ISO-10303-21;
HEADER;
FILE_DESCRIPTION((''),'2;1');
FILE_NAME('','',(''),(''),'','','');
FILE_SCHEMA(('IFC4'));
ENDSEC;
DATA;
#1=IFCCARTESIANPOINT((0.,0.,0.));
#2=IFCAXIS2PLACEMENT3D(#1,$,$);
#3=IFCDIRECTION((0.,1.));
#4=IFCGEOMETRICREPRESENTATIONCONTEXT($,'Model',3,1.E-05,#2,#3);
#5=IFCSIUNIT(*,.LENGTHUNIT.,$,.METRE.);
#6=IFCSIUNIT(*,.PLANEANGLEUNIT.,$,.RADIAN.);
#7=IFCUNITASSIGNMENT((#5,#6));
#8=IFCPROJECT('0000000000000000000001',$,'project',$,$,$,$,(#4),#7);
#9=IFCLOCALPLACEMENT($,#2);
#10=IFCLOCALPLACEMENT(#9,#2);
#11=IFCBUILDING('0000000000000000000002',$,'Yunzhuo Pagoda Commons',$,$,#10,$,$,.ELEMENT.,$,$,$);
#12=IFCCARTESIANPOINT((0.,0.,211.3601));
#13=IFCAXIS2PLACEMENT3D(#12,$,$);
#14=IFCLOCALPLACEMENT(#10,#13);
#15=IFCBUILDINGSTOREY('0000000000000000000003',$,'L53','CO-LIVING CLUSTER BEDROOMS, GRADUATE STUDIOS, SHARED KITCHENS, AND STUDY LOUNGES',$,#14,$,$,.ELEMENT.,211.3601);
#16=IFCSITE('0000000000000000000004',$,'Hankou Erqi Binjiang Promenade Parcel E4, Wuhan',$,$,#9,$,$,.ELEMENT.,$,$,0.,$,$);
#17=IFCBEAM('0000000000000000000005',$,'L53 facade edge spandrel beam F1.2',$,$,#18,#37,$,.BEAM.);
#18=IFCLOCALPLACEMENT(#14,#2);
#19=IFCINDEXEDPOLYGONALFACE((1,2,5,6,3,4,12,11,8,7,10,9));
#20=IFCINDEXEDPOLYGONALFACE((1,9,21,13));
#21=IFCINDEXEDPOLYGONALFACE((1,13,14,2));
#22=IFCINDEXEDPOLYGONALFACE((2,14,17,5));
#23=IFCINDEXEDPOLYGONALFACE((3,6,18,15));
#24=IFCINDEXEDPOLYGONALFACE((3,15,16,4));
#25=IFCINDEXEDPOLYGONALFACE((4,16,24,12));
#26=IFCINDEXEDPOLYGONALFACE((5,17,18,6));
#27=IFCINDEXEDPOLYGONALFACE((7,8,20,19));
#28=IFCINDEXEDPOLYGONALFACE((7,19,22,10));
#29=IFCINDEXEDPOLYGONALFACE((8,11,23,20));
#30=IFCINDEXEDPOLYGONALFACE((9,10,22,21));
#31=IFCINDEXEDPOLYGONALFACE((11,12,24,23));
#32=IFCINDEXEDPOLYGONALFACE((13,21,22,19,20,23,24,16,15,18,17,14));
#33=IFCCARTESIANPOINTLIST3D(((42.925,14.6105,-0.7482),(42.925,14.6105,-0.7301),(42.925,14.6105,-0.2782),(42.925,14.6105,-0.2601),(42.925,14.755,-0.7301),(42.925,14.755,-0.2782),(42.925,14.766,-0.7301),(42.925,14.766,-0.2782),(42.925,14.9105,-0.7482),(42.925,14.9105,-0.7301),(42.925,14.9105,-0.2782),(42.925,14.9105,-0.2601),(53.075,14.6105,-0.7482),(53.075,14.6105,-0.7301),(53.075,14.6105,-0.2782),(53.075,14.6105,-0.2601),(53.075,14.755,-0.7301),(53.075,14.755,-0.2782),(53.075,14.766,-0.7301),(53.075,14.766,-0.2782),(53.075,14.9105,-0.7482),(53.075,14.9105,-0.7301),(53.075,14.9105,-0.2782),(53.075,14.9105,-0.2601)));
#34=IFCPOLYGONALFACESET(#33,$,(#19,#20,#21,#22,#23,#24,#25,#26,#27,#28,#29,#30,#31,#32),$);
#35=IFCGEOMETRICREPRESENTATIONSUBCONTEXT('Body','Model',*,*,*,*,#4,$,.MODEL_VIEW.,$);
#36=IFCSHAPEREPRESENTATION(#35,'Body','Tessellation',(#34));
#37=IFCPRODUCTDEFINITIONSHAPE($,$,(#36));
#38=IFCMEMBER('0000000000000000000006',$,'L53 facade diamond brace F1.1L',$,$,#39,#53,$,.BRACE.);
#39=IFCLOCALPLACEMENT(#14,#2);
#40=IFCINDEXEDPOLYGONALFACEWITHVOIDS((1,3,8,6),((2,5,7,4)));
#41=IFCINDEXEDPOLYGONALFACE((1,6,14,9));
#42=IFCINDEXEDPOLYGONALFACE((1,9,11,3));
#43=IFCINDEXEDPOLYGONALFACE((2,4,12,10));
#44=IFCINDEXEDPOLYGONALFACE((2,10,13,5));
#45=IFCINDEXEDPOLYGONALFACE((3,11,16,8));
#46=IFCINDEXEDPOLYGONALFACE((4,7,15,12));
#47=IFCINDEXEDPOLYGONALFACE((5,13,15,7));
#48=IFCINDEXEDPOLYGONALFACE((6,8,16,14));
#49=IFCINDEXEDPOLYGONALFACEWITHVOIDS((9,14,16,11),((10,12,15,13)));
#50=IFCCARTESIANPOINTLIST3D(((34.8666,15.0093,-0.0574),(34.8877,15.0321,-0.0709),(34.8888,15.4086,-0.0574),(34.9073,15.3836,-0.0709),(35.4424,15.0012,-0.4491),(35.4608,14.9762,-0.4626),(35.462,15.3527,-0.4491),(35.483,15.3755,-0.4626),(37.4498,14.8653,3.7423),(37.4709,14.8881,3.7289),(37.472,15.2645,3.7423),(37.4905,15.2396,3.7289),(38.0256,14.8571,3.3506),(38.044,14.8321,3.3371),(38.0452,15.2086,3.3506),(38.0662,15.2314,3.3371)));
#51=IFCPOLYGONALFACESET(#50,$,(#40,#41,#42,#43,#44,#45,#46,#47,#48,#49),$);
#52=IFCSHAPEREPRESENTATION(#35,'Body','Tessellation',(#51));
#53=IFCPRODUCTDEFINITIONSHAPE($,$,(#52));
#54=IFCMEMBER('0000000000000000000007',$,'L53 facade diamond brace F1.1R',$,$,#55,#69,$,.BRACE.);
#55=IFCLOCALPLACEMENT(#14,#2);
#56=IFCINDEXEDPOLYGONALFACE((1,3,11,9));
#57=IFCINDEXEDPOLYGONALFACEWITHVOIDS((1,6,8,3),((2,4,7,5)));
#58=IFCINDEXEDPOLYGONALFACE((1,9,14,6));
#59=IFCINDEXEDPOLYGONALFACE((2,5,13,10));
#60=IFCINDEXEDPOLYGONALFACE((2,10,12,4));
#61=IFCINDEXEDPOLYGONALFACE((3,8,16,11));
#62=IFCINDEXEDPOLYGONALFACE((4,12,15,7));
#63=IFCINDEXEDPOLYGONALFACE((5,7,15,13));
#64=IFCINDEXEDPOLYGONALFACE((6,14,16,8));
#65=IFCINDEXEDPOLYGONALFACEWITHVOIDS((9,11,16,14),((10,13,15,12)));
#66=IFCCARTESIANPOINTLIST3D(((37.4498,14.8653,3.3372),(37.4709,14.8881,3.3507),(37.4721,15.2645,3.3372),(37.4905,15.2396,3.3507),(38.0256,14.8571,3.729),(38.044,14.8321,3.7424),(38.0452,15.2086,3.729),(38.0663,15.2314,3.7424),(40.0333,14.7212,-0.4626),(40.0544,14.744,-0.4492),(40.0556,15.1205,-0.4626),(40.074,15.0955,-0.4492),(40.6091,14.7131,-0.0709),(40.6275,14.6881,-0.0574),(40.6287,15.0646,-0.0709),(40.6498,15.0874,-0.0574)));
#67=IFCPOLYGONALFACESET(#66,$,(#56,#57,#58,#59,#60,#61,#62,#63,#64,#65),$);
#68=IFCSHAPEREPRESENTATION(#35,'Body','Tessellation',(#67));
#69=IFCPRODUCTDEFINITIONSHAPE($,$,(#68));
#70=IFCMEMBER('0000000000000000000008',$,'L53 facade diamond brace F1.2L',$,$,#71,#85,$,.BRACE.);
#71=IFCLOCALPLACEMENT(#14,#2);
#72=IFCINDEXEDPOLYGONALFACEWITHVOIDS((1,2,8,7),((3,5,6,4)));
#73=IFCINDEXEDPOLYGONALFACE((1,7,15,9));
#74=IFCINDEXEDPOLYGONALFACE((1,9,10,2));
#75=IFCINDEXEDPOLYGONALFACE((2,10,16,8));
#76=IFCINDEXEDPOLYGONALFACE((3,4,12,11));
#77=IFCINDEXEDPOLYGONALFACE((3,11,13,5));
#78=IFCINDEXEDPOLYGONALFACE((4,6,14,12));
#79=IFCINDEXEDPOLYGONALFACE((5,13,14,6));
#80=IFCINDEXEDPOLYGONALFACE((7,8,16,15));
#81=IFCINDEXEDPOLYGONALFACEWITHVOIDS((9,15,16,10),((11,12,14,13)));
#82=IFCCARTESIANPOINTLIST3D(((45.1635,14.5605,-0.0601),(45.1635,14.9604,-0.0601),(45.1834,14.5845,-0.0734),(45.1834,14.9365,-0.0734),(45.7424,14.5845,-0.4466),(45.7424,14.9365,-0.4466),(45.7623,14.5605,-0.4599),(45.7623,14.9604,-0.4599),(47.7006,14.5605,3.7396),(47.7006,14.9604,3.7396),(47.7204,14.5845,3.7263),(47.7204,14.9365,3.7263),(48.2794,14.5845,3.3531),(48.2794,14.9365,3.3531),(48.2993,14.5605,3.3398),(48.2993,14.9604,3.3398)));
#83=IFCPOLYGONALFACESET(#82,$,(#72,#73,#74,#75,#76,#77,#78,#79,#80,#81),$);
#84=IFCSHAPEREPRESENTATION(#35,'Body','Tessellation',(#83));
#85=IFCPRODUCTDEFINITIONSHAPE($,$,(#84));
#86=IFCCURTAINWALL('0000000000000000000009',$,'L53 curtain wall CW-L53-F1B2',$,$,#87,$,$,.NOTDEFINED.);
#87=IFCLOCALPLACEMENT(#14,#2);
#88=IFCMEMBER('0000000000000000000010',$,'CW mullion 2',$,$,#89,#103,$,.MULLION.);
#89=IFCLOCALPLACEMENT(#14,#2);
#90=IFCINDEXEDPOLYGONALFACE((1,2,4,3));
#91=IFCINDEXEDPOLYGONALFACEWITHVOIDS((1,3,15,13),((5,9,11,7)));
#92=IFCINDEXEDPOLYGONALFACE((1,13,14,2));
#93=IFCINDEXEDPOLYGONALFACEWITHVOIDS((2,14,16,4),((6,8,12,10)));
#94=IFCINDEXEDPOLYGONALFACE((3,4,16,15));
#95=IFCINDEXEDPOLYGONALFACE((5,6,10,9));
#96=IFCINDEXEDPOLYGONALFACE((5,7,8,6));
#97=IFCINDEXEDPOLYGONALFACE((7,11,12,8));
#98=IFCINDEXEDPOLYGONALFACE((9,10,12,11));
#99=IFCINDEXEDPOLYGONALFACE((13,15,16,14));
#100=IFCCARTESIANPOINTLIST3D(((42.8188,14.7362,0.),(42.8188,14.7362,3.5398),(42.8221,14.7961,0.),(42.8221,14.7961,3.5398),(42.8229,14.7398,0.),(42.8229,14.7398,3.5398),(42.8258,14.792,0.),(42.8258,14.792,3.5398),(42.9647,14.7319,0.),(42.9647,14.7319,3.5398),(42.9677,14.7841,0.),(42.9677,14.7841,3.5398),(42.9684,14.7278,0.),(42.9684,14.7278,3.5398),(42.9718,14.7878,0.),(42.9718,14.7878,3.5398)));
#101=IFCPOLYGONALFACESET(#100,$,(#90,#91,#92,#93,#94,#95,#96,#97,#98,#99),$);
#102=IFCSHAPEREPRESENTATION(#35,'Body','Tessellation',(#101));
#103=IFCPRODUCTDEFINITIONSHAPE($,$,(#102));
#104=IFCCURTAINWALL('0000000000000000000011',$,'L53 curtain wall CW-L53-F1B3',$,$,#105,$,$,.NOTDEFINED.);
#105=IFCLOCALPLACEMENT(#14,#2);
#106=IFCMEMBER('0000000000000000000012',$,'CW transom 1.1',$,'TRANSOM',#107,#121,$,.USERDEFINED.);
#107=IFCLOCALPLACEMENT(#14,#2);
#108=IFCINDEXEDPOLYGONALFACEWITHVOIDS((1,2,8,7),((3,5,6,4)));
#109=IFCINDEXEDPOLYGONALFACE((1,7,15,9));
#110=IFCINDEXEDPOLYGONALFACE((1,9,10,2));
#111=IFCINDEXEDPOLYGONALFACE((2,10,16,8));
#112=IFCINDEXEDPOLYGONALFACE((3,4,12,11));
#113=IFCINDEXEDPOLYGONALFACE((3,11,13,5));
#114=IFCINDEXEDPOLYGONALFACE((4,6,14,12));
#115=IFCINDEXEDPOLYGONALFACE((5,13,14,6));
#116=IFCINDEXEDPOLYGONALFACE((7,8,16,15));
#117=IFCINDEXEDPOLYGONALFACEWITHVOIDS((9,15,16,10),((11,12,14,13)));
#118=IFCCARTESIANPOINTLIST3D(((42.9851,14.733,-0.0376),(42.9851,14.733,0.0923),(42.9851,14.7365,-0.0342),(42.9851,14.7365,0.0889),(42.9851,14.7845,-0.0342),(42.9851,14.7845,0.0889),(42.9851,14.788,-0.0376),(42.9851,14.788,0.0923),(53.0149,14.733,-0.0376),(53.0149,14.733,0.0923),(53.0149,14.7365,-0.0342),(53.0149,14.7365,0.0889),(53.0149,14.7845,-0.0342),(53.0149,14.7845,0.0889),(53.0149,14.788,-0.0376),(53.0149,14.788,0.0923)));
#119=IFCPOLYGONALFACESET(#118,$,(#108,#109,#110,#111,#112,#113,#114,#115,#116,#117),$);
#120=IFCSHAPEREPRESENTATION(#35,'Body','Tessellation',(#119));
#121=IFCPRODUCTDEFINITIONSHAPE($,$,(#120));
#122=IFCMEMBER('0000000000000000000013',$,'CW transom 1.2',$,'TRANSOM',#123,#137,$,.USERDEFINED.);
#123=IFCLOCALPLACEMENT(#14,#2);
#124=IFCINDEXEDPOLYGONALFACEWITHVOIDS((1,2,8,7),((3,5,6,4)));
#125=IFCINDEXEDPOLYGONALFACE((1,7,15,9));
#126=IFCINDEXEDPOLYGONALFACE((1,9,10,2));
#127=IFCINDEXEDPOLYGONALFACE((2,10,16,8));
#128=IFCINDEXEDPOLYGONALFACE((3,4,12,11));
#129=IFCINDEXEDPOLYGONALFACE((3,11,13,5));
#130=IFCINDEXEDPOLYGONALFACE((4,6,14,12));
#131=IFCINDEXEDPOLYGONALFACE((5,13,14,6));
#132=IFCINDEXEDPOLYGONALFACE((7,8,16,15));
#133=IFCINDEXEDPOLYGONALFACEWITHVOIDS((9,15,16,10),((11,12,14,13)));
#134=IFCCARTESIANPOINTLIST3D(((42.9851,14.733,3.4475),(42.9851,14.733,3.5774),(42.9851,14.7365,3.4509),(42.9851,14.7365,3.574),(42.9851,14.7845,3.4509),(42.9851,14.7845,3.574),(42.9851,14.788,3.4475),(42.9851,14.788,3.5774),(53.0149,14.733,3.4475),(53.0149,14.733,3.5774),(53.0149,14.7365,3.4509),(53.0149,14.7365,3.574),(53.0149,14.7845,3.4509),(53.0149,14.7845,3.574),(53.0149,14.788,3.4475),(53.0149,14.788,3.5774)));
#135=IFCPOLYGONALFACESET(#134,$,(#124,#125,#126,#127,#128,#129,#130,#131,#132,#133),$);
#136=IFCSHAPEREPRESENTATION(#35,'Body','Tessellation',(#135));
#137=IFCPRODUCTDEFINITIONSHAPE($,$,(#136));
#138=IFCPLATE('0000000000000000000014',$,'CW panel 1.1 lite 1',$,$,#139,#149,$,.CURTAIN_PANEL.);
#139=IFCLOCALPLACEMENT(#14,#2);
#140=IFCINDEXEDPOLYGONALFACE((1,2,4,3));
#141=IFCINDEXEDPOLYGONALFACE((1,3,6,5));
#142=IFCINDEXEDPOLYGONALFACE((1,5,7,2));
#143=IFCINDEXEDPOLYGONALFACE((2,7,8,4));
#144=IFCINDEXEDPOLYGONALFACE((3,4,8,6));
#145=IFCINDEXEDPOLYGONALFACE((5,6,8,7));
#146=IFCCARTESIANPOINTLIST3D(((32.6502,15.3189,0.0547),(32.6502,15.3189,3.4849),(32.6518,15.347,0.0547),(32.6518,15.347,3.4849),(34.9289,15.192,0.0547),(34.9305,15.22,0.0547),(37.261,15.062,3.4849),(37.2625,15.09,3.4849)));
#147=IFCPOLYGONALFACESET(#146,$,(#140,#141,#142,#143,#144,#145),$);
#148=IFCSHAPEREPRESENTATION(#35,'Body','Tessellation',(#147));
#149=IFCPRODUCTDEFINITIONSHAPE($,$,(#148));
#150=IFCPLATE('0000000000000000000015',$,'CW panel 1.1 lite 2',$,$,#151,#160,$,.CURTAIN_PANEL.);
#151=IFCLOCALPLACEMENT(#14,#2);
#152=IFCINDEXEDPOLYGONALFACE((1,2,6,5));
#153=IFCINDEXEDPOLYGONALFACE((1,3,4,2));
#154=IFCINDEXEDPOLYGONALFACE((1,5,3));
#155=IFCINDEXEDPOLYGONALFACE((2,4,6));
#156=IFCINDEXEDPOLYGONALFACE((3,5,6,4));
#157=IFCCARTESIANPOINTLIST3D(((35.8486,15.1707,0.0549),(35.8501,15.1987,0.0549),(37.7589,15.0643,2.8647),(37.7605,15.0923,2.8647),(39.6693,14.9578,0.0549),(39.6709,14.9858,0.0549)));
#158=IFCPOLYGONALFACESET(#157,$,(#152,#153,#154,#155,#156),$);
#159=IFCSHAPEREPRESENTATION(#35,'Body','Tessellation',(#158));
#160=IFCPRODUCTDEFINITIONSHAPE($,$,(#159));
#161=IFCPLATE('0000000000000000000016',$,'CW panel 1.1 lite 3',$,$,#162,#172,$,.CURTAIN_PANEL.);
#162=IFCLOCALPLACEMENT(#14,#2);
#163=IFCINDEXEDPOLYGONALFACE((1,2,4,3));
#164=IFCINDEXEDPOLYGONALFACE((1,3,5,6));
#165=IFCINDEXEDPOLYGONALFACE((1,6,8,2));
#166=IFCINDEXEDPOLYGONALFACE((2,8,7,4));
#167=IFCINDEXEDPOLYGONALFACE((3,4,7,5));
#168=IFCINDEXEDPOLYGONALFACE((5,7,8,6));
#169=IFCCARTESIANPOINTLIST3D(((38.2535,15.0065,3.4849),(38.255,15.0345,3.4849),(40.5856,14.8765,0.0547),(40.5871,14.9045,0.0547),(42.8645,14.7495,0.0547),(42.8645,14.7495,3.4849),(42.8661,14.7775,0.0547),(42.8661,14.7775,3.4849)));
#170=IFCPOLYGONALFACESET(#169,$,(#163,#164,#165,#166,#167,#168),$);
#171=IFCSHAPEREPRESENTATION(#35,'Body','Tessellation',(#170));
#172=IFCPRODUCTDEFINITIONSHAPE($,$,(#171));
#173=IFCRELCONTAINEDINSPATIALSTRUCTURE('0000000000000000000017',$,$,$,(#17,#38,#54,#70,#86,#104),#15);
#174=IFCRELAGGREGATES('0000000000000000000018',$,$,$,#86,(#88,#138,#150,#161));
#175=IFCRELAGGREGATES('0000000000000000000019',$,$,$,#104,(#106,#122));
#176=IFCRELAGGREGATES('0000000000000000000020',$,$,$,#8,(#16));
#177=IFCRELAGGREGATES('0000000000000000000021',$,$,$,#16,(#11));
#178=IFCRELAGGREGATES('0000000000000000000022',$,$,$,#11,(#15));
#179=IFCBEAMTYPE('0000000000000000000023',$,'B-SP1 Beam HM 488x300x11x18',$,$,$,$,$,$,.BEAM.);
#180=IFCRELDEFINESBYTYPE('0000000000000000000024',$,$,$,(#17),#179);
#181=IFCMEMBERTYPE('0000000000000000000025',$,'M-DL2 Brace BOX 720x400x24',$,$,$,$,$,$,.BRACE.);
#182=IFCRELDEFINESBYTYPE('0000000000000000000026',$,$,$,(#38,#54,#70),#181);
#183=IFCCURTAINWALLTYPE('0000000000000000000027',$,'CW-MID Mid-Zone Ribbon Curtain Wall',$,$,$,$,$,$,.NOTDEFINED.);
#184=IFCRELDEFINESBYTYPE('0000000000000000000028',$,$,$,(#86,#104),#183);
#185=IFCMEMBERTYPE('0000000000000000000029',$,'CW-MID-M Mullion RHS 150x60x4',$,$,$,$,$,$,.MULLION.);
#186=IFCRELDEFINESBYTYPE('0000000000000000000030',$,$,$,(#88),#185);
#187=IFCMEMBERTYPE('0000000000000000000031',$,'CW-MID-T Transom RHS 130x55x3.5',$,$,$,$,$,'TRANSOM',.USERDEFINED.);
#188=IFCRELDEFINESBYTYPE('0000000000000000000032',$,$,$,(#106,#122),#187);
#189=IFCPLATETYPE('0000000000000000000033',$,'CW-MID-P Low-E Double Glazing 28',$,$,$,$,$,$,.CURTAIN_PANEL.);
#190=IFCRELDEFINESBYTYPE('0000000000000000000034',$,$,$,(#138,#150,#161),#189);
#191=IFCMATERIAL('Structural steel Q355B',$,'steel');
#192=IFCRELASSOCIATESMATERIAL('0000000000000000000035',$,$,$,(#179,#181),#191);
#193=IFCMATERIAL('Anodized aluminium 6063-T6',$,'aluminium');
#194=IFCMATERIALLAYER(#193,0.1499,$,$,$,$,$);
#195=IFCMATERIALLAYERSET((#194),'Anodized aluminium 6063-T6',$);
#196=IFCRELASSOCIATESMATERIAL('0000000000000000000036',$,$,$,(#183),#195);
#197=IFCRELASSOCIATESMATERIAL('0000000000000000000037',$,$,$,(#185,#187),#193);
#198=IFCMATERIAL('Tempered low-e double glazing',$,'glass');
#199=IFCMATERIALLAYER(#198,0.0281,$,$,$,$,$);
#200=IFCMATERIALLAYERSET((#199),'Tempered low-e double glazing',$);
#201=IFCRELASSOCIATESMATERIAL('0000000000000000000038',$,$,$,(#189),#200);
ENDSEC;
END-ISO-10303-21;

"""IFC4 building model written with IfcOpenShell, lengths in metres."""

from ifc_helpers import new_model, si_unit, direction, frame, origin, origin_2d, place, context, subcontext, project, spatial, polyline, hollow_rectangle, i_section, outline, extrude, source, transform, mapped, material, layer, layer_set, material_profile, profile_set, type_object, element, aggregate, save


model = new_model("IFC4")

# Units and contexts
model_context = context("Model", 3, precision=1e-05, world=origin(), true_north=direction((0.0, 1.0)))
body_context = subcontext(model_context, "Body", "Model", "MODEL_VIEW")
ifc_project = project(units=[si_unit("LENGTHUNIT", "METRE"), si_unit("PLANEANGLEUNIT", "RADIAN")], contexts=[model_context])

# Site, building, storey
site_placement = place(None, origin())
site = spatial("IfcSite", under=ifc_project, at=site_placement, Name="Hankou Erqi Binjiang Promenade Parcel E4, Wuhan", CompositionType="ELEMENT", RefElevation=0.0)
building_placement = place(site_placement, origin())
building = spatial("IfcBuilding", under=site, at=building_placement, Name="Yunzhuo Pagoda Commons", CompositionType="ELEMENT")
storey_placement = place(building_placement, frame((0.0, 0.0, 211.3601)))
storey = spatial("IfcBuildingStorey", under=building, at=storey_placement, Name="L53", Description="CO-LIVING CLUSTER BEDROOMS, GRADUATE STUDIOS, SHARED KITCHENS, AND STUDY LOUNGES", CompositionType="ELEMENT", Elevation=211.3601)

# Beam
ifc_material_1 = material(Name="Structural steel Q355B", Category="steel")
ifc_material_profile_1 = material_profile(ifc_material_1, i_section(OverallWidth=0.3, OverallDepth=0.488, WebThickness=0.011, FlangeThickness=0.0181, at=origin_2d()), Name="Structural steel Q355B")
ifc_profile_set_1 = profile_set([ifc_material_profile_1], Name="Structural steel Q355B")
beam_type_1 = type_object("IfcBeamType", Name="B-SP1 Beam HM 488x300x11x18", PredefinedType="BEAM", material=ifc_profile_set_1)
shared_shape_1 = source(origin(), body_context, "Body", "SweptSolid", [
    extrude(i_section(OverallWidth=0.3, OverallDepth=0.488, WebThickness=0.011, FlangeThickness=0.0181, at=origin_2d()), origin(), (0.0, 0.0, 1.0), 10.1499),
])
beam_1_placement = place(storey_placement, frame((42.925, 14.7605, -0.5042), z_axis=(1.0, 0.0, 0.0), x_axis=(0.0, 1.0, 0.0)))
element("IfcBeam", 1, at=beam_1_placement, inside=storey, type_object=beam_type_1, Name="L53 facade edge spandrel beam F1.2", PredefinedType="BEAM", context=body_context, shape_type="MappedRepresentation", body=[
    mapped(shared_shape_1, transform((0.0, 0.0, 0.0), scale=1.0)),
])

# Members
ifc_material_profile_2 = material_profile(ifc_material_1, hollow_rectangle(XDim=0.3999, YDim=0.72, WallThickness=0.0239, at=origin_2d()), Name="Structural steel Q355B")
ifc_profile_set_2 = profile_set([ifc_material_profile_2], Name="Structural steel Q355B")
member_type_1 = type_object("IfcMemberType", Name="M-DL2 Brace BOX 720x400x24", PredefinedType="BRACE", material=ifc_profile_set_2)
shared_shape_2 = source(origin(), body_context, "Body", "SweptSolid", [
    extrude(hollow_rectangle(XDim=0.3999, YDim=0.72, WallThickness=0.0239, at=origin_2d()), origin(), (0.0, 0.0, 1.0), 4.5969),
])
member_1_placement = place(storey_placement, frame((35.1748, 15.1924, -0.26), z_axis=(0.561942, -0.031334, 0.826583), x_axis=(0.055674, 0.998449, 0.0)))
element("IfcMember", 2, at=member_1_placement, inside=storey, type_object=member_type_1, Name="L53 facade diamond brace F1.1L", PredefinedType="BRACE", context=body_context, shape_type="MappedRepresentation", body=[
    mapped(shared_shape_2, transform((0.0, 0.0, 0.0), scale=1.0)),
])
shared_shape_3 = source(origin(), body_context, "Body", "SweptSolid", [
    extrude(hollow_rectangle(XDim=0.3999, YDim=0.72, WallThickness=0.0239, at=origin_2d()), origin(), (0.0, 0.0, 1.0), 4.5972),
])
member_2_placement = place(storey_placement, frame((40.3416, 14.9043, -0.26), z_axis=(-0.561979, 0.031333, 0.826558), x_axis=(-0.055669, -0.998449, 0.0)))
element("IfcMember", 3, at=member_2_placement, inside=storey, type_object=member_type_1, Name="L53 facade diamond brace F1.1R", PredefinedType="BRACE", context=body_context, shape_type="MappedRepresentation", body=[
    mapped(shared_shape_3, transform((0.0, 0.0, 0.0), scale=1.0)),
])
shared_shape_4 = source(origin(), body_context, "Body", "SweptSolid", [
    extrude(hollow_rectangle(XDim=0.3999, YDim=0.72, WallThickness=0.0239, at=origin_2d()), origin(), (0.0, 0.0, 1.0), 4.5688),
])
member_3_placement = place(storey_placement, frame((45.4629, 14.7605, -0.26), z_axis=(0.555292, 0.0, 0.831655), x_axis=(0.0, 1.0, 0.0)))
element("IfcMember", 4, at=member_3_placement, inside=storey, type_object=member_type_1, Name="L53 facade diamond brace F1.2L", PredefinedType="BRACE", context=body_context, shape_type="MappedRepresentation", body=[
    mapped(shared_shape_4, transform((0.0, 0.0, 0.0), scale=1.0)),
])

# Curtain wall, member
ifc_material_2 = material(Name="Anodized aluminium 6063-T6", Category="aluminium")
ifc_layer_1 = layer(ifc_material_2, 0.1499)
ifc_layer_set_1 = layer_set([ifc_layer_1], Name="Anodized aluminium 6063-T6")
curtain_wall_type = type_object("IfcCurtainWallType", Name="CW-MID Mid-Zone Ribbon Curtain Wall", PredefinedType="NOTDEFINED", material=ifc_layer_set_1)
curtain_wall_1_placement = place(storey_placement, origin())
curtain_wall_1 = element("IfcCurtainWall", 5, at=curtain_wall_1_placement, inside=storey, type_object=curtain_wall_type, Name="L53 curtain wall CW-L53-F1B2", PredefinedType="NOTDEFINED")
ifc_material_profile_3 = material_profile(ifc_material_2, hollow_rectangle(XDim=0.0601, YDim=0.1499, WallThickness=0.0039, at=origin_2d()), Name="Anodized aluminium 6063-T6")
ifc_profile_set_3 = profile_set([ifc_material_profile_3], Name="Anodized aluminium 6063-T6")
member_type_2 = type_object("IfcMemberType", Name="CW-MID-M Mullion RHS 150x60x4", PredefinedType="MULLION", material=ifc_profile_set_3)
shared_shape_5 = source(origin(), body_context, "Body", "SweptSolid", [
    extrude(hollow_rectangle(XDim=0.0601, YDim=0.1499, WallThickness=0.0039, at=origin_2d()), origin(), (0.0, 0.0, 1.0), 3.5398),
])
member_4_placement = place(storey_placement, frame((42.8953, 14.762, 0.0), z_axis=(0.0, 0.0, 1.0), x_axis=(0.055642, 0.998451, 0.0)))
member_4 = element("IfcMember", 6, at=member_4_placement, type_object=member_type_2, Name="CW mullion 2", PredefinedType="MULLION", context=body_context, shape_type="MappedRepresentation", body=[
    mapped(shared_shape_5, transform((0.0, 0.0, 0.0), scale=1.0)),
])

# Curtain wall, members
curtain_wall_2_placement = place(storey_placement, origin())
curtain_wall_2 = element("IfcCurtainWall", 7, at=curtain_wall_2_placement, inside=storey, type_object=curtain_wall_type, Name="L53 curtain wall CW-L53-F1B3", PredefinedType="NOTDEFINED")
ifc_material_profile_4 = material_profile(ifc_material_2, hollow_rectangle(XDim=0.0549, YDim=0.1299, WallThickness=0.0034, at=origin_2d()), Name="Anodized aluminium 6063-T6")
ifc_profile_set_4 = profile_set([ifc_material_profile_4], Name="Anodized aluminium 6063-T6")
member_type_3 = type_object("IfcMemberType", Name="CW-MID-T Transom RHS 130x55x3.5", ElementType="TRANSOM", PredefinedType="USERDEFINED", material=ifc_profile_set_4)
shared_shape_6 = source(origin(), body_context, "Body", "SweptSolid", [
    extrude(hollow_rectangle(XDim=0.0549, YDim=0.1299, WallThickness=0.0034, at=origin_2d()), origin(), (0.0, 0.0, 1.0), 10.0298),
])
member_5_placement = place(storey_placement, frame((42.9851, 14.7605, 0.0273), z_axis=(1.0, 0.0, 0.0), x_axis=(0.0, 1.0, 0.0)))
member_5 = element("IfcMember", 8, at=member_5_placement, type_object=member_type_3, Name="CW transom 1.1", ObjectType="TRANSOM", PredefinedType="USERDEFINED", context=body_context, shape_type="MappedRepresentation", body=[
    mapped(shared_shape_6, transform((0.0, 0.0, 0.0), scale=1.0)),
])
member_6_placement = place(storey_placement, frame((42.9851, 14.7605, 3.5125), z_axis=(1.0, 0.0, 0.0), x_axis=(0.0, 1.0, 0.0)))
member_6 = element("IfcMember", 9, at=member_6_placement, type_object=member_type_3, Name="CW transom 1.2", ObjectType="TRANSOM", PredefinedType="USERDEFINED", context=body_context, shape_type="MappedRepresentation", body=[
    mapped(shared_shape_6, transform((0.0, 0.0, 0.0), scale=1.0)),
])

# Plates
ifc_material_3 = material(Name="Tempered low-e double glazing", Category="glass")
ifc_layer_2 = layer(ifc_material_3, 0.0281)
ifc_layer_set_2 = layer_set([ifc_layer_2], Name="Tempered low-e double glazing")
plate_type_1 = type_object("IfcPlateType", Name="CW-MID-P Low-E Double Glazing 28", PredefinedType="CURTAIN_PANEL", material=ifc_layer_set_2)
plate_1_placement = place(storey_placement, frame((34.957, 15.2185, 1.7698), z_axis=(-0.055642, -0.998451, 0.0), x_axis=(0.998451, -0.055642, 0.0)))
plate_1 = element("IfcPlate", 10, at=plate_1_placement, type_object=plate_type_1, Name="CW panel 1.1 lite 1", PredefinedType="CURTAIN_PANEL", context=body_context, shape_type="SweptSolid", body=[
    extrude(outline(polyline([(-2.3088, -1.7151), (-0.0266, -1.7151), (2.3091, 1.7151), (-2.3088, 1.7151), (-2.3088, -1.7151)])), origin(), (0.0, 0.0, 1.0), 0.0281),
])
plate_2_placement = place(storey_placement, frame((37.7605, 15.0923, 1.46), z_axis=(-0.055642, -0.998451, 0.0), x_axis=(0.998451, -0.055642, 0.0)))
plate_2 = element("IfcPlate", 11, at=plate_2_placement, type_object=plate_type_1, Name="CW panel 1.1 lite 2", PredefinedType="CURTAIN_PANEL", context=body_context, shape_type="SweptSolid", body=[
    extrude(outline(polyline([(-1.9133, -1.405), (1.9133, -1.405), (0.0, 1.4048), (-1.9133, -1.405)])), origin(), (0.0, 0.0, 1.0), 0.0281),
])
plate_3_placement = place(storey_placement, frame((40.5605, 14.906, 1.7698), z_axis=(-0.055642, -0.998451, 0.0), x_axis=(0.998451, -0.055642, 0.0)))
plate_3 = element("IfcPlate", 12, at=plate_3_placement, type_object=plate_type_1, Name="CW panel 1.1 lite 3", PredefinedType="CURTAIN_PANEL", context=body_context, shape_type="SweptSolid", body=[
    extrude(outline(polyline([(-2.3091, 1.7151), (0.0266, -1.7151), (2.3091, -1.7151), (2.3091, 1.7151), (-2.3091, 1.7151)])), origin(), (0.0, 0.0, 1.0), 0.0281),
])
aggregate(curtain_wall_1, [member_4, plate_1, plate_2, plate_3])
aggregate(curtain_wall_2, [member_5, member_6])

save(model, "model.ifc")
